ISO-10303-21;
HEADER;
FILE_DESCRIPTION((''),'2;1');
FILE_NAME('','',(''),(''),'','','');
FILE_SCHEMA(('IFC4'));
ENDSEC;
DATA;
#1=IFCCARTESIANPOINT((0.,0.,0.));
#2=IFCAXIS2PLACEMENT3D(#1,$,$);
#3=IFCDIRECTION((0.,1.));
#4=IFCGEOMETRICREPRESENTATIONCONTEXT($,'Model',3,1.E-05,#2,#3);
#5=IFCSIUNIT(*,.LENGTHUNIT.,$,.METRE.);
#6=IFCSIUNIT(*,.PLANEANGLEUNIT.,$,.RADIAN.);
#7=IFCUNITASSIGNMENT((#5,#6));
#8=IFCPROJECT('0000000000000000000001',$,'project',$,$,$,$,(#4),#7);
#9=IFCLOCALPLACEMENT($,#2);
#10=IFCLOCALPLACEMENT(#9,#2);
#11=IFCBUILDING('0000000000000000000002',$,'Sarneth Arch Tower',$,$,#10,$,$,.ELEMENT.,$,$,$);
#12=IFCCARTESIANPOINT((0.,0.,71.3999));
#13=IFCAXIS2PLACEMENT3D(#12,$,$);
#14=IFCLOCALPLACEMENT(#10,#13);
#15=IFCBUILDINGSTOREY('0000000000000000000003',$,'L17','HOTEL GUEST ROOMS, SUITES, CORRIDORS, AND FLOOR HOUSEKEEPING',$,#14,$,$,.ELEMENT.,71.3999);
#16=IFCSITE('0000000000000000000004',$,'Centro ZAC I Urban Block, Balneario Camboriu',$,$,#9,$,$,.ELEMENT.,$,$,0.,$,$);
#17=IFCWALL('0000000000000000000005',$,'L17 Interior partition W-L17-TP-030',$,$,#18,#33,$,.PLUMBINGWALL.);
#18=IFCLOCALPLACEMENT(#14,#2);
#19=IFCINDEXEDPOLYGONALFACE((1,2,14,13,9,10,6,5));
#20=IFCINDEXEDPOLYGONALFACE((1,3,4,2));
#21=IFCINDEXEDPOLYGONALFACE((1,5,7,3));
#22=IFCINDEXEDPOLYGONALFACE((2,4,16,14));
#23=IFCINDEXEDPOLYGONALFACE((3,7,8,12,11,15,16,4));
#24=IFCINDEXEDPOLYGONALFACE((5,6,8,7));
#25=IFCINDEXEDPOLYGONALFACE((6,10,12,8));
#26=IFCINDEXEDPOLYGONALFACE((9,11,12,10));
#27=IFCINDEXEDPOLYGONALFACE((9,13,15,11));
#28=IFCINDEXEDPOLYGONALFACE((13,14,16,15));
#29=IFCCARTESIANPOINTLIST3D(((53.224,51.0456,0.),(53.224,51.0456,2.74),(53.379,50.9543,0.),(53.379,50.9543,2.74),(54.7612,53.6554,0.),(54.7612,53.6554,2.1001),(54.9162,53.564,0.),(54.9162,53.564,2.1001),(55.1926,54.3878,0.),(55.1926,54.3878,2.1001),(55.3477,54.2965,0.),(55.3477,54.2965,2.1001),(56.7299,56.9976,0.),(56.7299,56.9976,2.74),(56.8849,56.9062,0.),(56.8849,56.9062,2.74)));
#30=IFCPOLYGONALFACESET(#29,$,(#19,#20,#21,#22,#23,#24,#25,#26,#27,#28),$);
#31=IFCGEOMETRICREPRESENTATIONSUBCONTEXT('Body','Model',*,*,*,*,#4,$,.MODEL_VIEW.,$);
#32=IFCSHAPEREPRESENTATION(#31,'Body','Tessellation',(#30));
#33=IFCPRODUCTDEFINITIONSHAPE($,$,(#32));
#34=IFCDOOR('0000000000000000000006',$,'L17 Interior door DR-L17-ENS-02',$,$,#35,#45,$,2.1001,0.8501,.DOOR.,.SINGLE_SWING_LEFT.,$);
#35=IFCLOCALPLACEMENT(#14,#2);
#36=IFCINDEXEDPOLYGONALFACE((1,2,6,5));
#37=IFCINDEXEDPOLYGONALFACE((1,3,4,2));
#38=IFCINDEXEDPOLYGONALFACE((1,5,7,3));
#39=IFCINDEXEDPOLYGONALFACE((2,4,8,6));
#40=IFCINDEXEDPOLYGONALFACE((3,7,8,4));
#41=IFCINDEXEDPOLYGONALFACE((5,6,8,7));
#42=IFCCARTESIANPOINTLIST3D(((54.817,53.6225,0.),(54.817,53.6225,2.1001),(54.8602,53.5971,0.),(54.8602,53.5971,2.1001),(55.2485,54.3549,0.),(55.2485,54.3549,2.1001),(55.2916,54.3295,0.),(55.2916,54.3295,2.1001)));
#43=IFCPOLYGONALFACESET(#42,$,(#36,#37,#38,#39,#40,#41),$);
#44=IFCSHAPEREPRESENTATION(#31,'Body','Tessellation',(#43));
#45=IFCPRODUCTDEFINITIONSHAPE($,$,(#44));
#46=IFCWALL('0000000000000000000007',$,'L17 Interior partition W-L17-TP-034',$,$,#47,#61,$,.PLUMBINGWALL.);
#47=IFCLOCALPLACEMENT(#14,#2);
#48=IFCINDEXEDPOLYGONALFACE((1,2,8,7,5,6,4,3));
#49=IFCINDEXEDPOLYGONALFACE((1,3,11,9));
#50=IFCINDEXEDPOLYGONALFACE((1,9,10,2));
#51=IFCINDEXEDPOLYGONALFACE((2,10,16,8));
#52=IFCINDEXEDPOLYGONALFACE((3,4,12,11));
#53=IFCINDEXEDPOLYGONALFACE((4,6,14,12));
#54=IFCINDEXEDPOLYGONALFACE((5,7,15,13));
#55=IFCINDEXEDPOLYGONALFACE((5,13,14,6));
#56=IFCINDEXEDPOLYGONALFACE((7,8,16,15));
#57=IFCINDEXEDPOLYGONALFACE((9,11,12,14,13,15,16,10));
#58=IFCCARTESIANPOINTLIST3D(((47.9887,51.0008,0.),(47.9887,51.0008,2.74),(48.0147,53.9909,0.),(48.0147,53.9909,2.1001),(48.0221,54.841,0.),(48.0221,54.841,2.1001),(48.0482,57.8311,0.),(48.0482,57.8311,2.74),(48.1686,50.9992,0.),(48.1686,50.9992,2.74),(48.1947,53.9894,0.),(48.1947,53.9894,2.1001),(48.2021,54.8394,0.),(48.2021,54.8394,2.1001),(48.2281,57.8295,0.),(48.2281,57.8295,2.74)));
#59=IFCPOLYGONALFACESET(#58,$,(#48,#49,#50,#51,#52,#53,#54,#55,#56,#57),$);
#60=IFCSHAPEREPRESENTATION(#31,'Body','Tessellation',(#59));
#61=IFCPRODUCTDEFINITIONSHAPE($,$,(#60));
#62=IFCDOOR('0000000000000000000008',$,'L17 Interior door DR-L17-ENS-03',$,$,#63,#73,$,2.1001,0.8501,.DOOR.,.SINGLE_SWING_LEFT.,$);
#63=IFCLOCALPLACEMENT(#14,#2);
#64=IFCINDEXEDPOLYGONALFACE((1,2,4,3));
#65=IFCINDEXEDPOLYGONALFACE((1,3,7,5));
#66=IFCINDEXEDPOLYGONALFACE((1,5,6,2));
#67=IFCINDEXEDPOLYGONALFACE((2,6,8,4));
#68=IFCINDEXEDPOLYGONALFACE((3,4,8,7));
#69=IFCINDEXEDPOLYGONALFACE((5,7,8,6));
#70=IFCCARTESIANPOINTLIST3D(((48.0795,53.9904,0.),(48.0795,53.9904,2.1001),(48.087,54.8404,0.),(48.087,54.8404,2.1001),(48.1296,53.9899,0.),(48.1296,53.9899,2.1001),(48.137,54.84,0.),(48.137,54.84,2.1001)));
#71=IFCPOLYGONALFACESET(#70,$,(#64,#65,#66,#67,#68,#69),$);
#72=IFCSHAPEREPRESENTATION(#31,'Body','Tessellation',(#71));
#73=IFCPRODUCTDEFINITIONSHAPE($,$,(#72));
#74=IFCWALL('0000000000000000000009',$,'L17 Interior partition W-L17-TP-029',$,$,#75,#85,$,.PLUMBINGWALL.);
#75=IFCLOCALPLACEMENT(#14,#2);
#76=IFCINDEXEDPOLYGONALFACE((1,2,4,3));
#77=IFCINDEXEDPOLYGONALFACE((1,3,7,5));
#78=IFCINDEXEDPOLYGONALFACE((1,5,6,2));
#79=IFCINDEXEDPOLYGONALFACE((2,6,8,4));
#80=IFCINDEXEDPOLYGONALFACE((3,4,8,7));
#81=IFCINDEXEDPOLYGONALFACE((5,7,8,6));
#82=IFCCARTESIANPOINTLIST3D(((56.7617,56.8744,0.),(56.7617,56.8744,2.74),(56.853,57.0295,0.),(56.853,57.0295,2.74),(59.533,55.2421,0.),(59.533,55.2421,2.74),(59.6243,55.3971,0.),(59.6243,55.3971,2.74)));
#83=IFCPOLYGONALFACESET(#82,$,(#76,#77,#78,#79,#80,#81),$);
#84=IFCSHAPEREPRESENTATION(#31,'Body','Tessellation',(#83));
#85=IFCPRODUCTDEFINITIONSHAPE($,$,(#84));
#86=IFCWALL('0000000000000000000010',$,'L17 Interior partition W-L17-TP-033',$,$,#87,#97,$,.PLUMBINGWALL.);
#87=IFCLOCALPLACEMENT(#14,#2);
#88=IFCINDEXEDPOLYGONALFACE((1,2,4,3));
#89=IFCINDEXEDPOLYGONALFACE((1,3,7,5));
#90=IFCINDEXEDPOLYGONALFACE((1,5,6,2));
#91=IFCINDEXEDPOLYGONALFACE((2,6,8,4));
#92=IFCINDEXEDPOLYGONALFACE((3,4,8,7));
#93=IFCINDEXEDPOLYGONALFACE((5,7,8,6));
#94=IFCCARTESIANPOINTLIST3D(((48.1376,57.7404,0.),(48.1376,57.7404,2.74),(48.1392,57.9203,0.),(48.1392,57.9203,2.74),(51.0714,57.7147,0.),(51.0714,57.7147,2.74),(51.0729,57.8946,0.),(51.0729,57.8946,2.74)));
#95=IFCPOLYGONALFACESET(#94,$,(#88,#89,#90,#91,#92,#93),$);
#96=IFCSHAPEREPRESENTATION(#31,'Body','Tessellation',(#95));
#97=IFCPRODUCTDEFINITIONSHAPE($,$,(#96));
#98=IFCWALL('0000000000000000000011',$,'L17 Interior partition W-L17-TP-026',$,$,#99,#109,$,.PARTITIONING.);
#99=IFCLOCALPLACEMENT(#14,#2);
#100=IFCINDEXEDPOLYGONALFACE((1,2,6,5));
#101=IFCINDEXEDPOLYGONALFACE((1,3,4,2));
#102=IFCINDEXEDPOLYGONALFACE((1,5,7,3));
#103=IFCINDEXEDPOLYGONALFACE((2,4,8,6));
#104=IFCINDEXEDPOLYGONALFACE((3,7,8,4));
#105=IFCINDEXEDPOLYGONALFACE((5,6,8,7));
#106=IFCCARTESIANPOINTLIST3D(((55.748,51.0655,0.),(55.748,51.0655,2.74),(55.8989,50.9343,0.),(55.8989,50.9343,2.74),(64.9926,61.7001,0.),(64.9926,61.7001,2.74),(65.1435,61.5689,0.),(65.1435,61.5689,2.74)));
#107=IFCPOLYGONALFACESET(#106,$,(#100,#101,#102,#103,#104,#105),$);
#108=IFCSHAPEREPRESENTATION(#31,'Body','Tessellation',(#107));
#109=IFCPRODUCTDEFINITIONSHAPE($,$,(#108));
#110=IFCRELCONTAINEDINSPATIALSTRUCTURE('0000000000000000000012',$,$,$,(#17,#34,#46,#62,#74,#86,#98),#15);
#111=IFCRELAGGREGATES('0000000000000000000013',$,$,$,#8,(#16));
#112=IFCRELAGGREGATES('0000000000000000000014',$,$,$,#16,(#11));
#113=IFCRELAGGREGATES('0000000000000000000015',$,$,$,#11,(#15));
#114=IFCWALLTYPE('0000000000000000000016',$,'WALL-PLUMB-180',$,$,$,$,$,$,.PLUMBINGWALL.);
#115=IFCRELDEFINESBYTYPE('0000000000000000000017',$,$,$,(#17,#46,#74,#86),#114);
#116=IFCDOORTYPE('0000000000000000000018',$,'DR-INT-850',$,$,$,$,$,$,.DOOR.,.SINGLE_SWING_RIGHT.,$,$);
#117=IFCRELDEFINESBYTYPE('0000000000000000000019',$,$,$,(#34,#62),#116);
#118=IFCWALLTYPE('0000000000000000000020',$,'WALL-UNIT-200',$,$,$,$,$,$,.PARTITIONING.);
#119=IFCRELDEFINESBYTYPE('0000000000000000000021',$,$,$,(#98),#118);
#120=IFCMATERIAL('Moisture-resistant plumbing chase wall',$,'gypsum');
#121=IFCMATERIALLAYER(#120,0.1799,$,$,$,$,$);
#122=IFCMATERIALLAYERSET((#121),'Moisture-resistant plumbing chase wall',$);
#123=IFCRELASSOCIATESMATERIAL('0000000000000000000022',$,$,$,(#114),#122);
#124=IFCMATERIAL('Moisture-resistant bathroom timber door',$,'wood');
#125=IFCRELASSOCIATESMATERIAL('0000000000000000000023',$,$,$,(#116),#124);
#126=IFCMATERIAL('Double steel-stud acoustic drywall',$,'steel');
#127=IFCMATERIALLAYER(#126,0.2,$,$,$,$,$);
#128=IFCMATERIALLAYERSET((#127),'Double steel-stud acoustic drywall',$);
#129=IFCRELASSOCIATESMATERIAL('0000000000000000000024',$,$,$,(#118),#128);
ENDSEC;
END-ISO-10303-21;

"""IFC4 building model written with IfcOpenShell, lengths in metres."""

from ifc_helpers import new_model, si_unit, direction, frame, frame_2d, origin, place, context, subcontext, project, spatial, rectangle, extrude, material, layer, layer_set, type_object, element, fill, save


model = new_model("IFC4")

# Units and contexts
model_context = context("Model", 3, precision=1e-05, world=origin(), true_north=direction((0.0, 1.0)))
body_context = subcontext(model_context, "Body", "Model", "MODEL_VIEW")
ifc_project = project(units=[si_unit("LENGTHUNIT", "METRE"), si_unit("PLANEANGLEUNIT", "RADIAN")], contexts=[model_context])

# Site, building, storey
site_placement = place(None, origin())
site = spatial("IfcSite", under=ifc_project, at=site_placement, Name="Centro ZAC I Urban Block, Balneario Camboriu", CompositionType="ELEMENT", RefElevation=0.0)
building_placement = place(site_placement, origin())
building = spatial("IfcBuilding", under=site, at=building_placement, Name="Sarneth Arch Tower", CompositionType="ELEMENT")
storey_placement = place(building_placement, frame((0.0, 0.0, 71.3999)))
storey = spatial("IfcBuildingStorey", under=building, at=storey_placement, Name="L17", Description="HOTEL GUEST ROOMS, SUITES, CORRIDORS, AND FLOOR HOUSEKEEPING", CompositionType="ELEMENT", Elevation=71.3999)

# Walls, openings, doors
ifc_material_1 = material(Name="Moisture-resistant plumbing chase wall", Category="gypsum")
ifc_layer_1 = layer(ifc_material_1, 0.1799)
ifc_layer_set_1 = layer_set([ifc_layer_1], Name="Moisture-resistant plumbing chase wall")
wall_type_1 = type_object("IfcWallType", Name="WALL-PLUMB-180", PredefinedType="PLUMBINGWALL", material=ifc_layer_set_1)
wall_1_placement = place(storey_placement, frame((56.8074, 56.9519, 0.0), z_axis=(0.0, 0.0, 1.0), x_axis=(-0.50753, -0.861634, 0.0)))
wall_1 = element("IfcWall", 1, at=wall_1_placement, inside=storey, type_object=wall_type_1, Name="L17 Interior partition W-L17-TP-030", PredefinedType="PLUMBINGWALL", context=body_context, shape_type="SweptSolid", body=[
    extrude(rectangle(XDim=6.9077, YDim=0.1799, at=frame_2d((3.4539, 0.0))), origin(), (0.0, 0.0, 1.0), 2.74),
])
opening_1_placement = place(wall_1_placement, frame((3.0288, 0.0, 0.0)))
opening_1 = element("IfcOpeningElement", 2, at=opening_1_placement, cuts=wall_1, PredefinedType="OPENING", context=body_context, shape_type="SweptSolid", body=[
    extrude(rectangle(XDim=0.8501, YDim=2.1001, at=frame_2d((0.425, 1.05))), frame((0.0, 0.0999, 0.0), z_axis=(0.0, -1.0, 0.0), x_axis=(1.0, 0.0, 0.0)), (0.0, 0.0, 1.0), 0.2),
])
ifc_material_2 = material(Name="Moisture-resistant bathroom timber door", Category="wood")
door_type_1 = type_object("IfcDoorType", Name="DR-INT-850", OperationType="SINGLE_SWING_RIGHT", PredefinedType="DOOR", material=ifc_material_2)
door_1_placement = place(opening_1_placement, origin())
door_1 = element("IfcDoor", 3, at=door_1_placement, inside=storey, type_object=door_type_1, Name="L17 Interior door DR-L17-ENS-02", OperationType="SINGLE_SWING_LEFT", OverallHeight=2.1001, OverallWidth=0.8501, PredefinedType="DOOR", context=body_context, shape_type="SweptSolid", body=[
    extrude(rectangle(XDim=0.8501, YDim=2.1001, at=frame_2d((0.425, 1.05))), frame((0.0, 0.0249, 0.0), z_axis=(0.0, -1.0, 0.0), x_axis=(1.0, 0.0, 0.0)), (0.0, 0.0, 1.0), 0.05),
])
fill(opening_1, door_1)
wall_2_placement = place(storey_placement, frame((48.1382, 57.8303, 0.0), z_axis=(0.0, 0.0, 1.0), x_axis=(-0.008721, -0.999962, 0.0)))
wall_2 = element("IfcWall", 4, at=wall_2_placement, inside=storey, type_object=wall_type_1, Name="L17 Interior partition W-L17-TP-034", PredefinedType="PLUMBINGWALL", context=body_context, shape_type="SweptSolid", body=[
    extrude(rectangle(XDim=6.8306, YDim=0.1799, at=frame_2d((3.4153, 0.0))), origin(), (0.0, 0.0, 1.0), 2.74),
])
opening_2_placement = place(wall_2_placement, frame((2.9902, 0.0, 0.0)))
opening_2 = element("IfcOpeningElement", 5, at=opening_2_placement, cuts=wall_2, PredefinedType="OPENING", context=body_context, shape_type="SweptSolid", body=[
    extrude(rectangle(XDim=0.8501, YDim=2.1001, at=frame_2d((0.425, 1.05))), frame((0.0, 0.0999, 0.0), z_axis=(0.0, -1.0, 0.0), x_axis=(1.0, 0.0, 0.0)), (0.0, 0.0, 1.0), 0.2),
])
door_2_placement = place(opening_2_placement, origin())
door_2 = element("IfcDoor", 6, at=door_2_placement, inside=storey, type_object=door_type_1, Name="L17 Interior door DR-L17-ENS-03", OperationType="SINGLE_SWING_LEFT", OverallHeight=2.1001, OverallWidth=0.8501, PredefinedType="DOOR", context=body_context, shape_type="SweptSolid", body=[
    extrude(rectangle(XDim=0.8501, YDim=2.1001, at=frame_2d((0.425, 1.05))), frame((0.0, 0.0249, 0.0), z_axis=(0.0, -1.0, 0.0), x_axis=(1.0, 0.0, 0.0)), (0.0, 0.0, 1.0), 0.05),
])
fill(opening_2, door_2)

# Walls
wall_3_placement = place(storey_placement, frame((59.5786, 55.3196, 0.0), z_axis=(0.0, 0.0, 1.0), x_axis=(-0.861637, 0.507524, 0.0)))
element("IfcWall", 7, at=wall_3_placement, inside=storey, type_object=wall_type_1, Name="L17 Interior partition W-L17-TP-029", PredefinedType="PLUMBINGWALL", context=body_context, shape_type="SweptSolid", body=[
    extrude(rectangle(XDim=3.2163, YDim=0.1799, at=frame_2d((1.6082, 0.0))), origin(), (0.0, 0.0, 1.0), 2.74),
])
wall_4_placement = place(storey_placement, frame((51.072, 57.8047, 0.0), z_axis=(0.0, 0.0, 1.0), x_axis=(-0.999962, 0.008737, 0.0)))
element("IfcWall", 8, at=wall_4_placement, inside=storey, type_object=wall_type_1, Name="L17 Interior partition W-L17-TP-033", PredefinedType="PLUMBINGWALL", context=body_context, shape_type="SweptSolid", body=[
    extrude(rectangle(XDim=2.9338, YDim=0.1799, at=frame_2d((1.4668, 0.0))), origin(), (0.0, 0.0, 1.0), 2.74),
])
ifc_material_3 = material(Name="Double steel-stud acoustic drywall", Category="steel")
ifc_layer_2 = layer(ifc_material_3, 0.2)
ifc_layer_set_2 = layer_set([ifc_layer_2], Name="Double steel-stud acoustic drywall")
wall_type_2 = type_object("IfcWallType", Name="WALL-UNIT-200", PredefinedType="PARTITIONING", material=ifc_layer_set_2)
wall_5_placement = place(storey_placement, frame((55.8235, 51.0, 0.0), z_axis=(0.0, 0.0, 1.0), x_axis=(0.656066, 0.754703, 0.0)))
element("IfcWall", 9, at=wall_5_placement, inside=storey, type_object=wall_type_2, Name="L17 Interior partition W-L17-TP-026", PredefinedType="PARTITIONING", context=body_context, shape_type="SweptSolid", body=[
    extrude(rectangle(XDim=14.0911, YDim=0.2, at=frame_2d((7.0454, 0.0))), origin(), (0.0, 0.0, 1.0), 2.74),
])

save(model, "model.ifc")
